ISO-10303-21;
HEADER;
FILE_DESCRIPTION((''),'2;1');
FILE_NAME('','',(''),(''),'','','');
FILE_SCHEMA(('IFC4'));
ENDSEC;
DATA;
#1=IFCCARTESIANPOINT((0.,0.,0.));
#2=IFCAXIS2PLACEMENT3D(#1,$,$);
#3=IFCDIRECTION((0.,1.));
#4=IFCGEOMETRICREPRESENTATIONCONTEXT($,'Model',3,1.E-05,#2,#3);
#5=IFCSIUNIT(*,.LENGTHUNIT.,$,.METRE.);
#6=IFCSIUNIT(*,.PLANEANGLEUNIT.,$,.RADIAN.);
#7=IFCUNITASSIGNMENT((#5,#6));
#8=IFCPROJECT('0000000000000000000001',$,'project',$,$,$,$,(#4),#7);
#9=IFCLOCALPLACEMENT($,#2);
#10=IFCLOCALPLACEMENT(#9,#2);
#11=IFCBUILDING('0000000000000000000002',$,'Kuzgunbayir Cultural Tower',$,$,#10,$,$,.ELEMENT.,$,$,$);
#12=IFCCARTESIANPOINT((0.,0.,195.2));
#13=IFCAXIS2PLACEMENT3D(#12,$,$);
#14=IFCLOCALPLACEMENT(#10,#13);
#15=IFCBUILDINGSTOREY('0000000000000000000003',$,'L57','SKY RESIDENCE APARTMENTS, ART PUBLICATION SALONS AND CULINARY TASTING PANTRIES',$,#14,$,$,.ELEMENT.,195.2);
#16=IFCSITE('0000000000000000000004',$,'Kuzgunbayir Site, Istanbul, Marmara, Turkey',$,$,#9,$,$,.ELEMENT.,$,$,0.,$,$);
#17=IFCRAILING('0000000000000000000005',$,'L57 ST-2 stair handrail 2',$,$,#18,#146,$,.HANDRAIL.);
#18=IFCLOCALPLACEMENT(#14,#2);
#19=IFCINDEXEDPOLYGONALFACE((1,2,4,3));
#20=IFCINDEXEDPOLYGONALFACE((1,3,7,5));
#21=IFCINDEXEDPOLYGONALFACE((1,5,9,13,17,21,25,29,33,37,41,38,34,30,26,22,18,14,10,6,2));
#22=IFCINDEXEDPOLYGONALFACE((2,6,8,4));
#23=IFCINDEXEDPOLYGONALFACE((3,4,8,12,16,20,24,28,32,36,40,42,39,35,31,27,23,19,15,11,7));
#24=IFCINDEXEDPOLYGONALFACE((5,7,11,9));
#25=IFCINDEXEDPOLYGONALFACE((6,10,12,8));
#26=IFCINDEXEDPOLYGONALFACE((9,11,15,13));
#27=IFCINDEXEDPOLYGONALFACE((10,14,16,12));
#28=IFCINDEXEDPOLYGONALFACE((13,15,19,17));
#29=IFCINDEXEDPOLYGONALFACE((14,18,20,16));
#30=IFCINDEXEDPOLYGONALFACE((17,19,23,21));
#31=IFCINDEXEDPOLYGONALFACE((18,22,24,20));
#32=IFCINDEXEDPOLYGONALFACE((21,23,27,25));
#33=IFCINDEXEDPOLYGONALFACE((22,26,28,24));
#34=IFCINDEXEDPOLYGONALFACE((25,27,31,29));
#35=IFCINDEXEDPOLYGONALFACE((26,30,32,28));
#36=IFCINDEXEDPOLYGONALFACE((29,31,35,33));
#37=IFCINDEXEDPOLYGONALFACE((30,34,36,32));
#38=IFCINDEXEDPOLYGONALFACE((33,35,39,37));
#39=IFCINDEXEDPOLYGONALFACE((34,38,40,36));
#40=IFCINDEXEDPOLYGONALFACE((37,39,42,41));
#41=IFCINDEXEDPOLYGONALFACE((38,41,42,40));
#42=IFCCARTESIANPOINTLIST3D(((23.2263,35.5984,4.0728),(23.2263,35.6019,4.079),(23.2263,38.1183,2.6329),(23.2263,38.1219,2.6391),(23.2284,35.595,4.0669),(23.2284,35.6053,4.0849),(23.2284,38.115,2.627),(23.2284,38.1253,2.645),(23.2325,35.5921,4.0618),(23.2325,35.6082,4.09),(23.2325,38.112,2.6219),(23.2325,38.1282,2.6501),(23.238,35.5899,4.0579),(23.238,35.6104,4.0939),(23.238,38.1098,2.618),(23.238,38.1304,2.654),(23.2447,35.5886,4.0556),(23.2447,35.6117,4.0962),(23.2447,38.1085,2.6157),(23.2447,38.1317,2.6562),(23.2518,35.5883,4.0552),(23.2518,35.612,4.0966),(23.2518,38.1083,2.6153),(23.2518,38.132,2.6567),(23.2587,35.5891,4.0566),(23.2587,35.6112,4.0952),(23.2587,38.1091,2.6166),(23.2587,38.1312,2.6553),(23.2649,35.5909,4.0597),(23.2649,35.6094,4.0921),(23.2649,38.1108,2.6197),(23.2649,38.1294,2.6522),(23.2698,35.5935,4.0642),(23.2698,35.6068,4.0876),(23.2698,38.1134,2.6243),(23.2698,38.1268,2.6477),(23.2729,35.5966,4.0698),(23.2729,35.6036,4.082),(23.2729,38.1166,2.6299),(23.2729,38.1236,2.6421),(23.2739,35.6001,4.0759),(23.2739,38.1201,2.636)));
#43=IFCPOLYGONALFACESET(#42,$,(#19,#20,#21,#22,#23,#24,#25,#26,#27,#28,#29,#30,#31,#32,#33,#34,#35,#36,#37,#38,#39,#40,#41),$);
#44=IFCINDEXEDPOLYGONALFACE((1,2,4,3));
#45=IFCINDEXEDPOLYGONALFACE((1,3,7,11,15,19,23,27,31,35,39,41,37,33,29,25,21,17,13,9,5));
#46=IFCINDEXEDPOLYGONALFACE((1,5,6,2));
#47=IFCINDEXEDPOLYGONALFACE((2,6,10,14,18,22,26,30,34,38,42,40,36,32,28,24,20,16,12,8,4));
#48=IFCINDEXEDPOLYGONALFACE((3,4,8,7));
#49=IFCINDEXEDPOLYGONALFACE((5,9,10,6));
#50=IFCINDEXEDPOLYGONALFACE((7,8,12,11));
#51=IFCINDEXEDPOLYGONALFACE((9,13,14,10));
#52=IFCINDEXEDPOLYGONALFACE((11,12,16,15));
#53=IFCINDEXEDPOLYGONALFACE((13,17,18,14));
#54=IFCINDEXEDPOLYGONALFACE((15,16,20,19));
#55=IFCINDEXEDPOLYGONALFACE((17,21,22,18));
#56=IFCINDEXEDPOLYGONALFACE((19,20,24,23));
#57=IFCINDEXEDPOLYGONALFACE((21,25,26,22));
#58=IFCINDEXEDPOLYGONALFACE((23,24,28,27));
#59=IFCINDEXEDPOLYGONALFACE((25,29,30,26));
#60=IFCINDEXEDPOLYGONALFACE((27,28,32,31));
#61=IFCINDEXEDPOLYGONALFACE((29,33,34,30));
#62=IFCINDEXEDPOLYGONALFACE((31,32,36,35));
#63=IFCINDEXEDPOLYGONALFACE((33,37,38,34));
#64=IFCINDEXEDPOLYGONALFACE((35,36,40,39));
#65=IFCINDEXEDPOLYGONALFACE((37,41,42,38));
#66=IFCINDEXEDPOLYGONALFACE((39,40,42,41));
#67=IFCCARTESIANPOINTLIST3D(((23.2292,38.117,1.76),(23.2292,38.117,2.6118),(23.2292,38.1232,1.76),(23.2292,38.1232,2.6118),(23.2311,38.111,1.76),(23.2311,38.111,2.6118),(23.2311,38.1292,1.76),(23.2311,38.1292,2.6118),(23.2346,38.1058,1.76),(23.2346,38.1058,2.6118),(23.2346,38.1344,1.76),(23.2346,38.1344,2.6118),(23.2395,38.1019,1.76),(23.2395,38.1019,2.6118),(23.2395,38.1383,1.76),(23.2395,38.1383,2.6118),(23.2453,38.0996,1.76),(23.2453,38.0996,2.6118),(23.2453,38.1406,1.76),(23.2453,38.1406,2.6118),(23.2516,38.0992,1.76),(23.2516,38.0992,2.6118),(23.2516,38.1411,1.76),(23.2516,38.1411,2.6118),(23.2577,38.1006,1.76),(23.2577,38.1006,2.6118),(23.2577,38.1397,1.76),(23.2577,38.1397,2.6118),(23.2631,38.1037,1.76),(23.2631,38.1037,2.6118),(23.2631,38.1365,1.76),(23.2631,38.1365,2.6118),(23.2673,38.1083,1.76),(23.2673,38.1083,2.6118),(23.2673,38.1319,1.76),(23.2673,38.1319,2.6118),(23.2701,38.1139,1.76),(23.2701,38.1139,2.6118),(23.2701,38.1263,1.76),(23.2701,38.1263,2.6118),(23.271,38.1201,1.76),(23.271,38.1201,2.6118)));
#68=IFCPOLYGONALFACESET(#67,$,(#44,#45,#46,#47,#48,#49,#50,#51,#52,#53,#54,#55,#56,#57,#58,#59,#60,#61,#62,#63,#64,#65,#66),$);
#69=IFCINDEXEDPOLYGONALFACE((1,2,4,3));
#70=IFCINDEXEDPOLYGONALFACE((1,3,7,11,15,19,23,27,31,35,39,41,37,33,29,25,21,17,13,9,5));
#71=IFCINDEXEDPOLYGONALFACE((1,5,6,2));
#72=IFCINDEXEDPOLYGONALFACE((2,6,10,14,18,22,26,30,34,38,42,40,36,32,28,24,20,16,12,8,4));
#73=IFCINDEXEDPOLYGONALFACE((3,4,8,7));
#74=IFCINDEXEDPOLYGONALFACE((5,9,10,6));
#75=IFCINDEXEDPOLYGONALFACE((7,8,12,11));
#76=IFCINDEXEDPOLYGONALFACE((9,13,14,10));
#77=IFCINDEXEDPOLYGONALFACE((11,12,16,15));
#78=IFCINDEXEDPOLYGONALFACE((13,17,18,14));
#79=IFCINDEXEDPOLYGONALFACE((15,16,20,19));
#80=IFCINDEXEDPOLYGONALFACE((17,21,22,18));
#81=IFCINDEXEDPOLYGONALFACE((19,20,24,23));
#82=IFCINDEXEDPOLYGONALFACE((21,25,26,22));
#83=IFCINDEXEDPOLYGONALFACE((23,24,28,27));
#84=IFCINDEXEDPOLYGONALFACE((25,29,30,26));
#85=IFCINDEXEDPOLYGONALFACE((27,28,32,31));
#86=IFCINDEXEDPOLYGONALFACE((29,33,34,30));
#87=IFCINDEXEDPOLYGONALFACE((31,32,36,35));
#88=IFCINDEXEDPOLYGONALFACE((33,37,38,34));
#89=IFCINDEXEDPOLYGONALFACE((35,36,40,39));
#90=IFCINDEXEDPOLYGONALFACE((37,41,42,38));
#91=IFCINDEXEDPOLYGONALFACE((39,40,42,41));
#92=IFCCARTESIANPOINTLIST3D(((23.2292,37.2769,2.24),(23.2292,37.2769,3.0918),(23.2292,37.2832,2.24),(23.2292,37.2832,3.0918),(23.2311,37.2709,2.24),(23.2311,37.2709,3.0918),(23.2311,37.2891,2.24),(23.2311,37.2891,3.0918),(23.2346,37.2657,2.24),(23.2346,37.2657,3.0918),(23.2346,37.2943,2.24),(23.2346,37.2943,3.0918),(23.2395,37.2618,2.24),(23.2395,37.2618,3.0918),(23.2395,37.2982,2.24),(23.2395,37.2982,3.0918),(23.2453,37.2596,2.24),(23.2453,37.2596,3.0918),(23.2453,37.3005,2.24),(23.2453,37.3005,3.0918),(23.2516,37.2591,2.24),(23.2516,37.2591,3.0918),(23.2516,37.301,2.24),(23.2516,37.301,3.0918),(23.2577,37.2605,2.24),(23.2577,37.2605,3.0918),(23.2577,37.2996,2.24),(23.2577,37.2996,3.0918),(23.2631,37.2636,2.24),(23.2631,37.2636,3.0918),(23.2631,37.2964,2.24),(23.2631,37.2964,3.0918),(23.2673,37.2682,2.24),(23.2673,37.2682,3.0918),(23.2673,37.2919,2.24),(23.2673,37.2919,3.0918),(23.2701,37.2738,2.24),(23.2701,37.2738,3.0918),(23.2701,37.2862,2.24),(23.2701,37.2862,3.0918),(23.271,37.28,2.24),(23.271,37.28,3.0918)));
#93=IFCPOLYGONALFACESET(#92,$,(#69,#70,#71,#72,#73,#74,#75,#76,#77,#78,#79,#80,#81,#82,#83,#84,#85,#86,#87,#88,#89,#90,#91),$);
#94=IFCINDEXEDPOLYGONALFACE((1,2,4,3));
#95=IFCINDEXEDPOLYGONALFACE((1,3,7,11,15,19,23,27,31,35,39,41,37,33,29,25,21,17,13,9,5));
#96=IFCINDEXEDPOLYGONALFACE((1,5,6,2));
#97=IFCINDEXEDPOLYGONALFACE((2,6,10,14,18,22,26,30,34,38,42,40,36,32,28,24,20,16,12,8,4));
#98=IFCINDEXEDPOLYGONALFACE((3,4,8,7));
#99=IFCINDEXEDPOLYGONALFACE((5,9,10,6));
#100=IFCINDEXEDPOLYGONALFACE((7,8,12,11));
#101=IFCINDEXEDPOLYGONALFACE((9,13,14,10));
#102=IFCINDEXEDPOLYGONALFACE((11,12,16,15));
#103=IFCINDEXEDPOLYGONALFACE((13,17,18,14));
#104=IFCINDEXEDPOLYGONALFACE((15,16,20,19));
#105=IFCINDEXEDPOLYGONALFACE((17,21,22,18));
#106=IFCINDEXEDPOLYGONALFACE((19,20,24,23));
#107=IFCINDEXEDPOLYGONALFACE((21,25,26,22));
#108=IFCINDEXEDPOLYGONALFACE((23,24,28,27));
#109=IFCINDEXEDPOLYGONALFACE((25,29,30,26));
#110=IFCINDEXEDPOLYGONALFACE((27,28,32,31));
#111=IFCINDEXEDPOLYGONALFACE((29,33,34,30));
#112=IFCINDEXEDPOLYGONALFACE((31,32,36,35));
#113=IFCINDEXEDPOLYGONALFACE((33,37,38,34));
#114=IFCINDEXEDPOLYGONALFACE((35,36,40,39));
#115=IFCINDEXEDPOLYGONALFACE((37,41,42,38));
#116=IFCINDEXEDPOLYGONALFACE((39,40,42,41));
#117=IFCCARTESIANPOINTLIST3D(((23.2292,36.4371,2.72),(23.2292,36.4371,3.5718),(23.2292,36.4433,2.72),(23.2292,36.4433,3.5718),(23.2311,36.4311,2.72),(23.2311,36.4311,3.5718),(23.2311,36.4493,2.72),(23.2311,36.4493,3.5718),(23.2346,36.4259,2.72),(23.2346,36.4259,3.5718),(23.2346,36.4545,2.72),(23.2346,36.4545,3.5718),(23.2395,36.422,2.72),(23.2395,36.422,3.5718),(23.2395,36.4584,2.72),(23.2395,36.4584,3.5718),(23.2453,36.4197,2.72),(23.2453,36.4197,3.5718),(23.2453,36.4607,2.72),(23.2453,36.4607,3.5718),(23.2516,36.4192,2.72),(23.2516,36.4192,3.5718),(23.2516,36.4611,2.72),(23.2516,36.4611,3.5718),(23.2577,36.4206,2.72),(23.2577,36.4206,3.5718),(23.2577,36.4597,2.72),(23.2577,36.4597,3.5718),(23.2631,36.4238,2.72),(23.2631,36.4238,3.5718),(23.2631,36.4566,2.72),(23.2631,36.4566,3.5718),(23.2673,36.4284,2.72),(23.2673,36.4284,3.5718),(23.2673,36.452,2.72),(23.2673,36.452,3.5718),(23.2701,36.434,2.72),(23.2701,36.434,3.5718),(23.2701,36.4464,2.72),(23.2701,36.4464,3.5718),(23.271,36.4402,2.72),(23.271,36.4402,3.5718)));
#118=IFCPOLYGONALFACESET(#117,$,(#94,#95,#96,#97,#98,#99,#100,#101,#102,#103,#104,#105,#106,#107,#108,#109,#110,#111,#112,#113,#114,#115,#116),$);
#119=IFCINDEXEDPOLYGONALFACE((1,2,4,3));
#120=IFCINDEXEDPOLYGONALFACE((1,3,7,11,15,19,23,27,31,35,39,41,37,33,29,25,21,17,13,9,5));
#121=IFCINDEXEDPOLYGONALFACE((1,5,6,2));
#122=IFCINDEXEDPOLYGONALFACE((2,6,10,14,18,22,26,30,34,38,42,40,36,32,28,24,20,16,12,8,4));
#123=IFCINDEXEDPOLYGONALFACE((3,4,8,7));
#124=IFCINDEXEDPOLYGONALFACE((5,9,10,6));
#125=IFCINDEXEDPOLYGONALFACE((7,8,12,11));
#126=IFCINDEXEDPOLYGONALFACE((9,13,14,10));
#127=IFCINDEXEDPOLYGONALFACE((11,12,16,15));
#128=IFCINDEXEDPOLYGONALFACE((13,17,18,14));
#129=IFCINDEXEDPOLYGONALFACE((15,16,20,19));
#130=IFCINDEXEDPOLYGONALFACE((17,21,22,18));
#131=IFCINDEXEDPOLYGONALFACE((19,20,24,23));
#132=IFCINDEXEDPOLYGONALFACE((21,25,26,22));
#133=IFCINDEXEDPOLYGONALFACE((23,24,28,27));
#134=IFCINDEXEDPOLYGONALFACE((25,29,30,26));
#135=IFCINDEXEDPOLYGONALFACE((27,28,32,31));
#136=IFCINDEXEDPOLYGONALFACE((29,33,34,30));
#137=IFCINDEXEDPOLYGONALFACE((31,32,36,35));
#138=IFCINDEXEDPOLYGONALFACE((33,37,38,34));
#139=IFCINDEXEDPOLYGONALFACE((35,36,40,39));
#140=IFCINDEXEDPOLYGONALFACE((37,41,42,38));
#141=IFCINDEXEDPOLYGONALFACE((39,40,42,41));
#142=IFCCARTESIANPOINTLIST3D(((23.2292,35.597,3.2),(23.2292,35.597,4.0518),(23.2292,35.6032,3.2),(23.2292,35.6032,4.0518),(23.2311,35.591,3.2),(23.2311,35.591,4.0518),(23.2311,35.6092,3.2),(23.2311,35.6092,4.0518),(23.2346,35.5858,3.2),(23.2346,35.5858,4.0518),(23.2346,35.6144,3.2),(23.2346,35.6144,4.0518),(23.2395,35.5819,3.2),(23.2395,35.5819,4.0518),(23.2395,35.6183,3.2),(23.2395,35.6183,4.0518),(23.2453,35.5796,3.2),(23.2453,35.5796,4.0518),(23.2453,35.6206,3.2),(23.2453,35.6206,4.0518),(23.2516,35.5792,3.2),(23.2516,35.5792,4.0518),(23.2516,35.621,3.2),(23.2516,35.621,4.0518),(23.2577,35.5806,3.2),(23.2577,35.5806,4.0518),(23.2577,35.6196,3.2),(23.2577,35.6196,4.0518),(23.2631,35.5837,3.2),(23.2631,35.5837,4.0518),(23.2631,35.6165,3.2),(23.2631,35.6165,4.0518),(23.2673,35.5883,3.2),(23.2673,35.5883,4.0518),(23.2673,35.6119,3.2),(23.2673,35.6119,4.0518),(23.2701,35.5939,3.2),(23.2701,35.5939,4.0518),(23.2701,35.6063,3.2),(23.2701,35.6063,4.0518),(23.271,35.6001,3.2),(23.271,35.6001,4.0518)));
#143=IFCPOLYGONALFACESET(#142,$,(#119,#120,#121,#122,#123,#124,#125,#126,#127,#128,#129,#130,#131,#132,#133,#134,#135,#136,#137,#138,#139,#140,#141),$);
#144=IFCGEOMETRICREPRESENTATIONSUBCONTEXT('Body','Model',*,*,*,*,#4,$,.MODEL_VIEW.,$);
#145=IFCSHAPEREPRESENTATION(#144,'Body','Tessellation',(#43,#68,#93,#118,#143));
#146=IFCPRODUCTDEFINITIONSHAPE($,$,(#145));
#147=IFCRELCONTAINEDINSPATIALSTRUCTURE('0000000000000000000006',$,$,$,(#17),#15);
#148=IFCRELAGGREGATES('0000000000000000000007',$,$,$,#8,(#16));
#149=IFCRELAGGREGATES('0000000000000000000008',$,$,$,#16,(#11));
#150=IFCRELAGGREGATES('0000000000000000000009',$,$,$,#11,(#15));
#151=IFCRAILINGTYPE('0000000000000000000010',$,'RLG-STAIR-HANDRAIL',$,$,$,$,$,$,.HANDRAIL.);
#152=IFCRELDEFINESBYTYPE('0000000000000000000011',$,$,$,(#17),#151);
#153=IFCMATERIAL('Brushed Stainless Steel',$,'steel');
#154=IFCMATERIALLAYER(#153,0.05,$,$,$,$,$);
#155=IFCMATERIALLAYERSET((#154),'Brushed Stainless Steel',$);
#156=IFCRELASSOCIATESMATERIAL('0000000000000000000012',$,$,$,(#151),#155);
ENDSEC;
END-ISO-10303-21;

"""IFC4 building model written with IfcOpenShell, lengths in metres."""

from ifc_helpers import new_model, si_unit, direction, frame, origin, origin_2d, place, context, subcontext, project, spatial, circle, extrude, material, layer, layer_set, type_object, element, save


model = new_model("IFC4")

# Units and contexts
model_context = context("Model", 3, precision=1e-05, world=origin(), true_north=direction((0.0, 1.0)))
body_context = subcontext(model_context, "Body", "Model", "MODEL_VIEW")
ifc_project = project(units=[si_unit("LENGTHUNIT", "METRE"), si_unit("PLANEANGLEUNIT", "RADIAN")], contexts=[model_context])

# Site, building, storey
site_placement = place(None, origin())
site = spatial("IfcSite", under=ifc_project, at=site_placement, Name="Kuzgunbayir Site, Istanbul, Marmara, Turkey", CompositionType="ELEMENT", RefElevation=0.0)
building_placement = place(site_placement, origin())
building = spatial("IfcBuilding", under=site, at=building_placement, Name="Kuzgunbayir Cultural Tower", CompositionType="ELEMENT")
storey_placement = place(building_placement, frame((0.0, 0.0, 195.2)))
storey = spatial("IfcBuildingStorey", under=building, at=storey_placement, Name="L57", Description="SKY RESIDENCE APARTMENTS, ART PUBLICATION SALONS AND CULINARY TASTING PANTRIES", CompositionType="ELEMENT", Elevation=195.2)

# Shared definitions
ifc_material_1 = material(Name="Brushed Stainless Steel", Category="steel")

# Railing
ifc_layer_1 = layer(ifc_material_1, 0.05)
ifc_layer_set_1 = layer_set([ifc_layer_1], Name="Brushed Stainless Steel")
railing_type_1 = type_object("IfcRailingType", Name="RLG-STAIR-HANDRAIL", PredefinedType="HANDRAIL", material=ifc_layer_set_1)
railing_1_placement = place(storey_placement, frame((23.25, 38.1201, 1.76)))
element("IfcRailing", 1, at=railing_1_placement, inside=storey, type_object=railing_type_1, Name="L57 ST-2 stair handrail 2", PredefinedType="HANDRAIL", context=body_context, shape_type="SweptSolid", body=[
    extrude(circle(Radius=0.0239, at=origin_2d()), frame((0.0, 0.0, 0.876), z_axis=(0.0, -0.868253, 0.496121), x_axis=(1.0, 0.0, 0.0)), (0.0, 0.0, 1.0), 2.9023),
    extrude(circle(Radius=0.021, at=origin_2d()), origin(), (0.0, 0.0, 1.0), 0.8518),
    extrude(circle(Radius=0.021, at=origin_2d()), frame((0.0, -0.8401, 0.48)), (0.0, 0.0, 1.0), 0.8518),
    extrude(circle(Radius=0.021, at=origin_2d()), frame((0.0, -1.6799, 0.96)), (0.0, 0.0, 1.0), 0.8518),
    extrude(circle(Radius=0.021, at=origin_2d()), frame((0.0, -2.52, 1.4399)), (0.0, 0.0, 1.0), 0.8518),
])

save(model, "model.ifc")
